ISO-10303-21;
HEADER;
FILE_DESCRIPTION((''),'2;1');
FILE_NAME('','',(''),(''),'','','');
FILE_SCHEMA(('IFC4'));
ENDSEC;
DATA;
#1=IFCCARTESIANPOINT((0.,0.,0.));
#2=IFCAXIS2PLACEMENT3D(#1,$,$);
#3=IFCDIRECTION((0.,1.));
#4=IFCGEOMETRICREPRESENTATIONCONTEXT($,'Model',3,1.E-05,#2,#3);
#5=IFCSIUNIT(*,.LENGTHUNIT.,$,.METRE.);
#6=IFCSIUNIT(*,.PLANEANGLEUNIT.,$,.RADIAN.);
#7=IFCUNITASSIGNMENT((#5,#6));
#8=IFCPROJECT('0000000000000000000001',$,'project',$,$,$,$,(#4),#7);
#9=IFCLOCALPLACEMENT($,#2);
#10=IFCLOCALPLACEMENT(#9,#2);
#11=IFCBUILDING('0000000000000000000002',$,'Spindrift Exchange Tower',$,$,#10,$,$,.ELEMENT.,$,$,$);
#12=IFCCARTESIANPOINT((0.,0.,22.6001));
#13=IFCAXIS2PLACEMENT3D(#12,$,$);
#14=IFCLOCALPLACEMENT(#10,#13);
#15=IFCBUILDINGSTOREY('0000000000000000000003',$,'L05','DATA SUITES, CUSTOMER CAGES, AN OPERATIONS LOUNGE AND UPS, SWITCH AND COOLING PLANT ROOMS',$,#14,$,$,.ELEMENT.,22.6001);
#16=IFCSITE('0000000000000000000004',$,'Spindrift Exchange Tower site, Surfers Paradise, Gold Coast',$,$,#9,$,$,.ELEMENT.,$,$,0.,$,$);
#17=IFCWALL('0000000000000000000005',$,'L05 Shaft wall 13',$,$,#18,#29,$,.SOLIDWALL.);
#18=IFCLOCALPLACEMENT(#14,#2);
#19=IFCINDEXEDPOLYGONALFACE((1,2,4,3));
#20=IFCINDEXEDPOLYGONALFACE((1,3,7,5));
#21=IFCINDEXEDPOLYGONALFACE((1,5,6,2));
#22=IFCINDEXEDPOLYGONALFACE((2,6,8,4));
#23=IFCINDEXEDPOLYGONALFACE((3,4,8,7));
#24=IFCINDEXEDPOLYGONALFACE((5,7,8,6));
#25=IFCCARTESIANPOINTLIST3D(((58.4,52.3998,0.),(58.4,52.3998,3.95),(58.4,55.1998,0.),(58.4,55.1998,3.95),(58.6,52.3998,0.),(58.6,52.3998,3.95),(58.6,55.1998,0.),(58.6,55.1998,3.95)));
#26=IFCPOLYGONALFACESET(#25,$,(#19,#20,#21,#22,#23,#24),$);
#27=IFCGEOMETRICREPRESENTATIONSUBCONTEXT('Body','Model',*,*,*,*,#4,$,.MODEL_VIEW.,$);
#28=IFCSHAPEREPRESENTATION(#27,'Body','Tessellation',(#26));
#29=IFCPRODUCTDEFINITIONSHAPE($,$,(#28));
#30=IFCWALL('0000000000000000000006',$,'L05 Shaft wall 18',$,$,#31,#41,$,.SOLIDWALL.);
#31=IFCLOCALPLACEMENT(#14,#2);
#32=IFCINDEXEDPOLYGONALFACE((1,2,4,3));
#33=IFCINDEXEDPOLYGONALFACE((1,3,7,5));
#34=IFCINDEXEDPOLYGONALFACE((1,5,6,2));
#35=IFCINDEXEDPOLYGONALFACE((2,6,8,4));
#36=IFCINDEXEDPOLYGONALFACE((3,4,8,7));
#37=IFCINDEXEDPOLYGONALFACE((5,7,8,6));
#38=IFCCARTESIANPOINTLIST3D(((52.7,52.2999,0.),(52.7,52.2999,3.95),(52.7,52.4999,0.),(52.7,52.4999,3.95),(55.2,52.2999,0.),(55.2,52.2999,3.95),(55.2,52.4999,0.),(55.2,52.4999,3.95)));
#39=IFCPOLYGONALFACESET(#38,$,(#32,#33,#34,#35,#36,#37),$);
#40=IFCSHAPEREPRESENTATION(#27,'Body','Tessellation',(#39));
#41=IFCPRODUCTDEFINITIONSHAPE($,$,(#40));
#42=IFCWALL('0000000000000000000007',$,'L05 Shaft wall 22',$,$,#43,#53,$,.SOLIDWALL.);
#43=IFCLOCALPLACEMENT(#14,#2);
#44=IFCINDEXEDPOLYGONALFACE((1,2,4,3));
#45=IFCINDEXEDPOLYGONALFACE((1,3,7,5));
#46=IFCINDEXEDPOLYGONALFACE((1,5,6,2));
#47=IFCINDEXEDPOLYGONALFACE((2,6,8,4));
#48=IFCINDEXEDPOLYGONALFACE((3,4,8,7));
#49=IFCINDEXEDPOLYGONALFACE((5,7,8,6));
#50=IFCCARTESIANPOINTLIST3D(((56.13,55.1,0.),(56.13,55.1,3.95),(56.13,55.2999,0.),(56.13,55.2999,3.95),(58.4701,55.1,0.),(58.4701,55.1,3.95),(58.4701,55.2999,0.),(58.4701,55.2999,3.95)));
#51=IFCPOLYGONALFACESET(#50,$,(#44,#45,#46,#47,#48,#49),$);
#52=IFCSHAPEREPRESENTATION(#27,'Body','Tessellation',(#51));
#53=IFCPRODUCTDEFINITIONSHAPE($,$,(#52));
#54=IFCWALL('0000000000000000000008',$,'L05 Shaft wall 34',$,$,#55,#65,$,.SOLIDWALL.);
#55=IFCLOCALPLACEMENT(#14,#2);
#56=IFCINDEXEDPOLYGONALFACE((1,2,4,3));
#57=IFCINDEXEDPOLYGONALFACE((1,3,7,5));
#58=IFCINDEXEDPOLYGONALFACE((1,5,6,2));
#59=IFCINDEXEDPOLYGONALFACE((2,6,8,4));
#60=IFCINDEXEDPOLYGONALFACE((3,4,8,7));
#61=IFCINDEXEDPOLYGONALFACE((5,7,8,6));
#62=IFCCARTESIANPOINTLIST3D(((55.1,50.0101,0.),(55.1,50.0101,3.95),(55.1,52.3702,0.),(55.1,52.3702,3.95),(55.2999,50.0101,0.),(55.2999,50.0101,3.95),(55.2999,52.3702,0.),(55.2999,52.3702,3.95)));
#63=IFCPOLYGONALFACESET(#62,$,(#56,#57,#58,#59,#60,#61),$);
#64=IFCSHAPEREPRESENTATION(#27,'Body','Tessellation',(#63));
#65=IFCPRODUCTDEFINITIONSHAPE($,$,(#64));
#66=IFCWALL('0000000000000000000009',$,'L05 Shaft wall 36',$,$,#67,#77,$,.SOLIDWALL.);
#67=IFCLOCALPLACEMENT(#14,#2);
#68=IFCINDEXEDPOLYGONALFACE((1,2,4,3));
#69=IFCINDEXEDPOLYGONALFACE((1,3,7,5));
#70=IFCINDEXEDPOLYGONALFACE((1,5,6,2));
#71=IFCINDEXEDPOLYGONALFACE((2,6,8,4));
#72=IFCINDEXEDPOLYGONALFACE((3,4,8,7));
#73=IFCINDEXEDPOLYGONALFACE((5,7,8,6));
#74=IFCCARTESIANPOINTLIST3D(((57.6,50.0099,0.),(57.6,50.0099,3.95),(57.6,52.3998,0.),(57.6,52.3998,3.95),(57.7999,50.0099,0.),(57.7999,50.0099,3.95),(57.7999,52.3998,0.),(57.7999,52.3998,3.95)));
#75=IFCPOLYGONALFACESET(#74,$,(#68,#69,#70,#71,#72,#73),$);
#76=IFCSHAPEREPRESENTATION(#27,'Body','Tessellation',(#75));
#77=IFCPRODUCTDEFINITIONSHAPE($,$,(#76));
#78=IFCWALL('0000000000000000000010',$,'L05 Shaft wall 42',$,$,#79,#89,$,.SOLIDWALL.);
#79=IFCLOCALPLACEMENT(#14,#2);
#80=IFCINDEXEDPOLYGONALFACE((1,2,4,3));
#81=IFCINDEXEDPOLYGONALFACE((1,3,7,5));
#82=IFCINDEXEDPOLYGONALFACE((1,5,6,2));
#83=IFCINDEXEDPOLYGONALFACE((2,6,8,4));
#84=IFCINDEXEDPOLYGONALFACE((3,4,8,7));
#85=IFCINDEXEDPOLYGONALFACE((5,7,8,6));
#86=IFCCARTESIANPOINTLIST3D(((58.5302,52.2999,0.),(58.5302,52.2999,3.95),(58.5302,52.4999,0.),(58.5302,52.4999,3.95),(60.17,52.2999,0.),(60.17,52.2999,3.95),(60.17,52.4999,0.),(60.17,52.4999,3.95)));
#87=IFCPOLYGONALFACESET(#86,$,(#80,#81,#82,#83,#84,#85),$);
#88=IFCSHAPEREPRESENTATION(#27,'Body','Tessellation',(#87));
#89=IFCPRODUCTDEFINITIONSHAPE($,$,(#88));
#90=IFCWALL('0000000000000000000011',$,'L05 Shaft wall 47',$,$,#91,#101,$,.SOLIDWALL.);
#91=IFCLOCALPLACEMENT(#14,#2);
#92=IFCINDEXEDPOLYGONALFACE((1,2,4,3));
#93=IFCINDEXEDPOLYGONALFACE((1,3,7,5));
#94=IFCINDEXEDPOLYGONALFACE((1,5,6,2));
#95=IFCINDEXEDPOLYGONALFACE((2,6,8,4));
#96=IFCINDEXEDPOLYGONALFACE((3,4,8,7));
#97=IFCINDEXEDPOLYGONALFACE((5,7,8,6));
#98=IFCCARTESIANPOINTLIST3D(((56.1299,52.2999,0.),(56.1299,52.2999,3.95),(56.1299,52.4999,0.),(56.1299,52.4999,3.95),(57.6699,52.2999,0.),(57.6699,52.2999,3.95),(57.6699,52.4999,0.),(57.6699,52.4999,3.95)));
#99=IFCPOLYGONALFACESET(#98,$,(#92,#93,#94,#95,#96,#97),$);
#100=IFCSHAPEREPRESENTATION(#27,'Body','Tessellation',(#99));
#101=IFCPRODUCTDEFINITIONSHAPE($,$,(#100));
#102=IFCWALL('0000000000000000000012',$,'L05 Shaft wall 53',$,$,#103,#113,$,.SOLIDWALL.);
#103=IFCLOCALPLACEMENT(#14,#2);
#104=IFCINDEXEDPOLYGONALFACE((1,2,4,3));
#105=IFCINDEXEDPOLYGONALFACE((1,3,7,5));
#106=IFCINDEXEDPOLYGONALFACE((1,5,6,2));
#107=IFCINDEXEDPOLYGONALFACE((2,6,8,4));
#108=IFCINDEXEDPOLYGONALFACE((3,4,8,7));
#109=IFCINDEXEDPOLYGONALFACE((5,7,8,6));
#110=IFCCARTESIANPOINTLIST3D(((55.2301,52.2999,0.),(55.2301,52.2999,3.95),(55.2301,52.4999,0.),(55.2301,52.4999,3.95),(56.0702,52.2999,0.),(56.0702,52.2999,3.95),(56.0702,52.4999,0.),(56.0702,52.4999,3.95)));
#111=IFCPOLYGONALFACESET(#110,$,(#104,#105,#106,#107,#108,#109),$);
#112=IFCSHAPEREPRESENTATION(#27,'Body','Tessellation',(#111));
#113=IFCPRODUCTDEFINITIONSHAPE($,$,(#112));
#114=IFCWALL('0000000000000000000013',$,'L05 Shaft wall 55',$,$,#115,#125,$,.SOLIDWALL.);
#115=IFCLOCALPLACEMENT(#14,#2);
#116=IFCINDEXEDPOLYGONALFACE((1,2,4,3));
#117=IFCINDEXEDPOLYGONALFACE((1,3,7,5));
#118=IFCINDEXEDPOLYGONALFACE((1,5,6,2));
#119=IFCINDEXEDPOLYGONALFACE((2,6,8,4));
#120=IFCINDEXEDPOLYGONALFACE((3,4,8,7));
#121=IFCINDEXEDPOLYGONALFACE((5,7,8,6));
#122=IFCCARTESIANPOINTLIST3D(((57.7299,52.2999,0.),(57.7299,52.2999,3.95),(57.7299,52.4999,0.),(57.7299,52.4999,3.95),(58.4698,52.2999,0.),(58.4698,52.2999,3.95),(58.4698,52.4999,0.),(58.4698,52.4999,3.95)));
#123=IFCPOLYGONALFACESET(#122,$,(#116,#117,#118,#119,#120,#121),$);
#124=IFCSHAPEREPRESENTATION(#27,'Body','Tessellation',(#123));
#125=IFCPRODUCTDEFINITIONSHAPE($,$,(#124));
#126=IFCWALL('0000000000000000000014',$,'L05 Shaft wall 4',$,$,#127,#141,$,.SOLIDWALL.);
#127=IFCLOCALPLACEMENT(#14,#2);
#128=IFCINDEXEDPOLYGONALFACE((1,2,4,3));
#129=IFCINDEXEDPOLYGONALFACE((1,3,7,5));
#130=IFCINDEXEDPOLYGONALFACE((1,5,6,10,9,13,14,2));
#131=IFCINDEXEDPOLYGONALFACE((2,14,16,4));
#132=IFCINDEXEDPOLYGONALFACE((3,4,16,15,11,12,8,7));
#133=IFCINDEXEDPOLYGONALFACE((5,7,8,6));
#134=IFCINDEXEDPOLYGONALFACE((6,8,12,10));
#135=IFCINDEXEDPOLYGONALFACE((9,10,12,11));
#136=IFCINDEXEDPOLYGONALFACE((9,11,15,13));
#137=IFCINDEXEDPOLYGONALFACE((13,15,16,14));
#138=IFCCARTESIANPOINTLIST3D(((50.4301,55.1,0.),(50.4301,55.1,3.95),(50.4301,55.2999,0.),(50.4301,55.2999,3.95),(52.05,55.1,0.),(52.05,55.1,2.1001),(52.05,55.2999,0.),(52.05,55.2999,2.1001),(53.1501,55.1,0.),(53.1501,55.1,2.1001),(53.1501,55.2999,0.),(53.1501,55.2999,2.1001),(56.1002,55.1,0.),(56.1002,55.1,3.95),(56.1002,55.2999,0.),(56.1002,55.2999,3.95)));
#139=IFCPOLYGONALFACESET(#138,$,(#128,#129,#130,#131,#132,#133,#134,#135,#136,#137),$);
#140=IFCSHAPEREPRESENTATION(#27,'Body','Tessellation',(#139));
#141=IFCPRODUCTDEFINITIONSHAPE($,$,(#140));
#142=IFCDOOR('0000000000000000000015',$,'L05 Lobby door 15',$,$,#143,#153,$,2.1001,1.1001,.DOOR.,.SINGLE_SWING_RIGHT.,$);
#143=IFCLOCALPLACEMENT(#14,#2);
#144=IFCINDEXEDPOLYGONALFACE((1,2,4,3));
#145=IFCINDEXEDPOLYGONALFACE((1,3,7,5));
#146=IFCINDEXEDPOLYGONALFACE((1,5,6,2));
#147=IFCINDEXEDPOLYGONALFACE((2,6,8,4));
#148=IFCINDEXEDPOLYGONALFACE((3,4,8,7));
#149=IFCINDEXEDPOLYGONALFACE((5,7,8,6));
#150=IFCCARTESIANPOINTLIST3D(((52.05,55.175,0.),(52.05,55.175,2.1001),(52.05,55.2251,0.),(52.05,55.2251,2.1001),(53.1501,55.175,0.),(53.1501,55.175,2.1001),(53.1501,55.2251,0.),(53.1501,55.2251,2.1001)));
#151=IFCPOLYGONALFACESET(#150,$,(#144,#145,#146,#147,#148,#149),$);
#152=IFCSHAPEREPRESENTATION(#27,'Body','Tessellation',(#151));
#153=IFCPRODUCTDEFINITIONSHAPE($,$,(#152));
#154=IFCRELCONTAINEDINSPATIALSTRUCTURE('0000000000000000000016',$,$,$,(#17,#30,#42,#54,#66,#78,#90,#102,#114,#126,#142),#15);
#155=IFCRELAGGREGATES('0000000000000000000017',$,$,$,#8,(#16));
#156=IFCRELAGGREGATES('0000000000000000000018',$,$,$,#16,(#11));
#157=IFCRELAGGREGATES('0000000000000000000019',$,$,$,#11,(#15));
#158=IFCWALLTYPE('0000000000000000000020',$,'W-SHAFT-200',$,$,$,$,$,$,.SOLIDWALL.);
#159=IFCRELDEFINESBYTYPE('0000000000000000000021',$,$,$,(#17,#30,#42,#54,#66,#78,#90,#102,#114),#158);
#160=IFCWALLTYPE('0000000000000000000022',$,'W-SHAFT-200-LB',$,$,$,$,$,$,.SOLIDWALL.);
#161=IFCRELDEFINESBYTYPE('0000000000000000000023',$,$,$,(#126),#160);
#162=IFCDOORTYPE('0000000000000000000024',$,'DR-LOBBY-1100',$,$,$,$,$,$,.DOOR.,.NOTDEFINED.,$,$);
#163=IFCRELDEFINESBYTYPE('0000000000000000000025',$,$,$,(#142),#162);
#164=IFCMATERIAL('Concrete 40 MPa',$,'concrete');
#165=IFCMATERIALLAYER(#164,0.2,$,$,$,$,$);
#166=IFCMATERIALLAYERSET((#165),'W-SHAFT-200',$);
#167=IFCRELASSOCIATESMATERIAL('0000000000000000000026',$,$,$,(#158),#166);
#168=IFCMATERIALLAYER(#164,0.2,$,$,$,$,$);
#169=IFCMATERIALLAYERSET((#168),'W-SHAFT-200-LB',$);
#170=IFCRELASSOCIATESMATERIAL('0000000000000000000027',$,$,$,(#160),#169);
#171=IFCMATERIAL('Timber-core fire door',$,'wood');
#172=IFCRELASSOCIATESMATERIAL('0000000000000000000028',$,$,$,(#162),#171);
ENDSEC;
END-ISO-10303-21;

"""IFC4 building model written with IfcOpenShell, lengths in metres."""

from ifc_helpers import new_model, si_unit, direction, frame, frame_2d, origin, place, context, subcontext, project, spatial, rectangle, extrude, source, transform, mapped, material, layer, layer_set, type_object, element, fill, save


model = new_model("IFC4")

# Units and contexts
model_context = context("Model", 3, precision=1e-05, world=origin(), true_north=direction((0.0, 1.0)))
body_context = subcontext(model_context, "Body", "Model", "MODEL_VIEW")
ifc_project = project(units=[si_unit("LENGTHUNIT", "METRE"), si_unit("PLANEANGLEUNIT", "RADIAN")], contexts=[model_context])

# Site, building, storey
site_placement = place(None, origin())
site = spatial("IfcSite", under=ifc_project, at=site_placement, Name="Spindrift Exchange Tower site, Surfers Paradise, Gold Coast", CompositionType="ELEMENT", RefElevation=0.0)
building_placement = place(site_placement, origin())
building = spatial("IfcBuilding", under=site, at=building_placement, Name="Spindrift Exchange Tower", CompositionType="ELEMENT")
storey_placement = place(building_placement, frame((0.0, 0.0, 22.6001)))
storey = spatial("IfcBuildingStorey", under=building, at=storey_placement, Name="L05", Description="DATA SUITES, CUSTOMER CAGES, AN OPERATIONS LOUNGE AND UPS, SWITCH AND COOLING PLANT ROOMS", CompositionType="ELEMENT", Elevation=22.6001)

# Shared definitions
ifc_material_1 = material(Name="Concrete 40 MPa", Category="concrete")
ifc_layer_1 = layer(ifc_material_1, 0.2)
ifc_layer_set_1 = layer_set([ifc_layer_1], Name="W-SHAFT-200")
wall_type_1 = type_object("IfcWallType", Name="W-SHAFT-200", PredefinedType="SOLIDWALL", material=ifc_layer_set_1)

# Walls
wall_1_placement = place(storey_placement, frame((58.5, 52.3999, 0.0), z_axis=(0.0, 0.0, 1.0), x_axis=(0.0, 1.0, 0.0)))
element("IfcWall", 1, at=wall_1_placement, inside=storey, type_object=wall_type_1, Name="L05 Shaft wall 13", PredefinedType="SOLIDWALL", context=body_context, shape_type="SweptSolid", body=[
    extrude(rectangle(XDim=2.8, YDim=0.2, at=frame_2d((1.3999, 0.0))), origin(), (0.0, 0.0, 1.0), 3.95),
])
wall_2_placement = place(storey_placement, frame((55.2, 52.3999, 0.0), z_axis=(0.0, 0.0, 1.0), x_axis=(-1.0, 0.0, 0.0)))
element("IfcWall", 2, at=wall_2_placement, inside=storey, type_object=wall_type_1, Name="L05 Shaft wall 18", PredefinedType="SOLIDWALL", context=body_context, shape_type="SweptSolid", body=[
    extrude(rectangle(XDim=2.5, YDim=0.2, at=frame_2d((1.25, 0.0))), origin(), (0.0, 0.0, 1.0), 3.95),
])
wall_3_placement = place(storey_placement, frame((58.47, 55.2, 0.0), z_axis=(0.0, 0.0, 1.0), x_axis=(-1.0, 0.0, 0.0)))
element("IfcWall", 3, at=wall_3_placement, inside=storey, type_object=wall_type_1, Name="L05 Shaft wall 22", PredefinedType="SOLIDWALL", context=body_context, shape_type="SweptSolid", body=[
    extrude(rectangle(XDim=2.3401, YDim=0.2, at=frame_2d((1.1699, 0.0))), origin(), (0.0, 0.0, 1.0), 3.95),
])
wall_4_placement = place(storey_placement, frame((55.2, 50.01, 0.0), z_axis=(0.0, 0.0, 1.0), x_axis=(0.0, 1.0, 0.0)))
element("IfcWall", 4, at=wall_4_placement, inside=storey, type_object=wall_type_1, Name="L05 Shaft wall 34", PredefinedType="SOLIDWALL", context=body_context, shape_type="SweptSolid", body=[
    extrude(rectangle(XDim=2.3601, YDim=0.2, at=frame_2d((1.1802, 0.0))), origin(), (0.0, 0.0, 1.0), 3.95),
])
wall_5_placement = place(storey_placement, frame((57.7, 50.01, 0.0), z_axis=(0.0, 0.0, 1.0), x_axis=(0.0, 1.0, 0.0)))
element("IfcWall", 5, at=wall_5_placement, inside=storey, type_object=wall_type_1, Name="L05 Shaft wall 36", PredefinedType="SOLIDWALL", context=body_context, shape_type="SweptSolid", body=[
    extrude(rectangle(XDim=2.3899, YDim=0.2, at=frame_2d((1.1948, 0.0))), origin(), (0.0, 0.0, 1.0), 3.95),
])
wall_6_placement = place(storey_placement, frame((60.1699, 52.3999, 0.0), z_axis=(0.0, 0.0, 1.0), x_axis=(-1.0, 0.0, 0.0)))
element("IfcWall", 6, at=wall_6_placement, inside=storey, type_object=wall_type_1, Name="L05 Shaft wall 42", PredefinedType="SOLIDWALL", context=body_context, shape_type="SweptSolid", body=[
    extrude(rectangle(XDim=1.6399, YDim=0.2, at=frame_2d((0.8198, 0.0))), origin(), (0.0, 0.0, 1.0), 3.95),
])
wall_7_placement = place(storey_placement, frame((57.6699, 52.3999, 0.0), z_axis=(0.0, 0.0, 1.0), x_axis=(-1.0, 0.0, 0.0)))
element("IfcWall", 7, at=wall_7_placement, inside=storey, type_object=wall_type_1, Name="L05 Shaft wall 47", PredefinedType="SOLIDWALL", context=body_context, shape_type="SweptSolid", body=[
    extrude(rectangle(XDim=1.54, YDim=0.2, at=frame_2d((0.77, 0.0))), origin(), (0.0, 0.0, 1.0), 3.95),
])
wall_8_placement = place(storey_placement, frame((56.0701, 52.3999, 0.0), z_axis=(0.0, 0.0, 1.0), x_axis=(-1.0, 0.0, 0.0)))
element("IfcWall", 8, at=wall_8_placement, inside=storey, type_object=wall_type_1, Name="L05 Shaft wall 53", PredefinedType="SOLIDWALL", context=body_context, shape_type="SweptSolid", body=[
    extrude(rectangle(XDim=0.8401, YDim=0.2, at=frame_2d((0.4199, 0.0))), origin(), (0.0, 0.0, 1.0), 3.95),
])
wall_9_placement = place(storey_placement, frame((58.47, 52.3999, 0.0), z_axis=(0.0, 0.0, 1.0), x_axis=(-1.0, 0.0, 0.0)))
element("IfcWall", 9, at=wall_9_placement, inside=storey, type_object=wall_type_1, Name="L05 Shaft wall 55", PredefinedType="SOLIDWALL", context=body_context, shape_type="SweptSolid", body=[
    extrude(rectangle(XDim=0.74, YDim=0.2, at=frame_2d((0.3701, 0.0))), origin(), (0.0, 0.0, 1.0), 3.95),
])

# Wall, opening, door
ifc_layer_2 = layer(ifc_material_1, 0.2)
ifc_layer_set_2 = layer_set([ifc_layer_2], Name="W-SHAFT-200-LB")
wall_type_2 = type_object("IfcWallType", Name="W-SHAFT-200-LB", PredefinedType="SOLIDWALL", material=ifc_layer_set_2)
wall_10_placement = place(storey_placement, frame((56.1001, 55.2, 0.0), z_axis=(0.0, 0.0, 1.0), x_axis=(-1.0, 0.0, 0.0)))
wall_10 = element("IfcWall", 10, at=wall_10_placement, inside=storey, type_object=wall_type_2, Name="L05 Shaft wall 4", PredefinedType="SOLIDWALL", context=body_context, shape_type="SweptSolid", body=[
    extrude(rectangle(XDim=5.6702, YDim=0.2, at=frame_2d((2.835, 0.0))), origin(), (0.0, 0.0, 1.0), 3.95),
])
opening_1_placement = place(wall_10_placement, frame((2.95, 0.0, 0.0)))
opening_1 = element("IfcOpeningElement", 11, at=opening_1_placement, cuts=wall_10, PredefinedType="OPENING", context=body_context, shape_type="SweptSolid", body=[
    extrude(rectangle(XDim=1.1001, YDim=2.1001, at=frame_2d((0.55, 1.05))), frame((0.0, 0.1099, 0.0), z_axis=(0.0, -1.0, 0.0), x_axis=(1.0, 0.0, 0.0)), (0.0, 0.0, 1.0), 0.22),
])
ifc_material_2 = material(Name="Timber-core fire door", Category="wood")
door_type_1 = type_object("IfcDoorType", Name="DR-LOBBY-1100", OperationType="NOTDEFINED", PredefinedType="DOOR", material=ifc_material_2)
shared_shape_1 = source(origin(), body_context, "Body", "SweptSolid", [
    extrude(rectangle(XDim=1.1001, YDim=2.1001, at=frame_2d((0.55, 1.05))), frame((0.0, 0.0249, 0.0), z_axis=(0.0, -1.0, 0.0), x_axis=(1.0, 0.0, 0.0)), (0.0, 0.0, 1.0), 0.05),
])
door_1_placement = place(opening_1_placement, origin())
door_1 = element("IfcDoor", 12, at=door_1_placement, inside=storey, type_object=door_type_1, Name="L05 Lobby door 15", OperationType="SINGLE_SWING_RIGHT", OverallHeight=2.1001, OverallWidth=1.1001, PredefinedType="DOOR", context=body_context, shape_type="MappedRepresentation", body=[
    mapped(shared_shape_1, transform((0.0, 0.0, 0.0), scale=1.0)),
])
fill(opening_1, door_1)

save(model, "model.ifc")
